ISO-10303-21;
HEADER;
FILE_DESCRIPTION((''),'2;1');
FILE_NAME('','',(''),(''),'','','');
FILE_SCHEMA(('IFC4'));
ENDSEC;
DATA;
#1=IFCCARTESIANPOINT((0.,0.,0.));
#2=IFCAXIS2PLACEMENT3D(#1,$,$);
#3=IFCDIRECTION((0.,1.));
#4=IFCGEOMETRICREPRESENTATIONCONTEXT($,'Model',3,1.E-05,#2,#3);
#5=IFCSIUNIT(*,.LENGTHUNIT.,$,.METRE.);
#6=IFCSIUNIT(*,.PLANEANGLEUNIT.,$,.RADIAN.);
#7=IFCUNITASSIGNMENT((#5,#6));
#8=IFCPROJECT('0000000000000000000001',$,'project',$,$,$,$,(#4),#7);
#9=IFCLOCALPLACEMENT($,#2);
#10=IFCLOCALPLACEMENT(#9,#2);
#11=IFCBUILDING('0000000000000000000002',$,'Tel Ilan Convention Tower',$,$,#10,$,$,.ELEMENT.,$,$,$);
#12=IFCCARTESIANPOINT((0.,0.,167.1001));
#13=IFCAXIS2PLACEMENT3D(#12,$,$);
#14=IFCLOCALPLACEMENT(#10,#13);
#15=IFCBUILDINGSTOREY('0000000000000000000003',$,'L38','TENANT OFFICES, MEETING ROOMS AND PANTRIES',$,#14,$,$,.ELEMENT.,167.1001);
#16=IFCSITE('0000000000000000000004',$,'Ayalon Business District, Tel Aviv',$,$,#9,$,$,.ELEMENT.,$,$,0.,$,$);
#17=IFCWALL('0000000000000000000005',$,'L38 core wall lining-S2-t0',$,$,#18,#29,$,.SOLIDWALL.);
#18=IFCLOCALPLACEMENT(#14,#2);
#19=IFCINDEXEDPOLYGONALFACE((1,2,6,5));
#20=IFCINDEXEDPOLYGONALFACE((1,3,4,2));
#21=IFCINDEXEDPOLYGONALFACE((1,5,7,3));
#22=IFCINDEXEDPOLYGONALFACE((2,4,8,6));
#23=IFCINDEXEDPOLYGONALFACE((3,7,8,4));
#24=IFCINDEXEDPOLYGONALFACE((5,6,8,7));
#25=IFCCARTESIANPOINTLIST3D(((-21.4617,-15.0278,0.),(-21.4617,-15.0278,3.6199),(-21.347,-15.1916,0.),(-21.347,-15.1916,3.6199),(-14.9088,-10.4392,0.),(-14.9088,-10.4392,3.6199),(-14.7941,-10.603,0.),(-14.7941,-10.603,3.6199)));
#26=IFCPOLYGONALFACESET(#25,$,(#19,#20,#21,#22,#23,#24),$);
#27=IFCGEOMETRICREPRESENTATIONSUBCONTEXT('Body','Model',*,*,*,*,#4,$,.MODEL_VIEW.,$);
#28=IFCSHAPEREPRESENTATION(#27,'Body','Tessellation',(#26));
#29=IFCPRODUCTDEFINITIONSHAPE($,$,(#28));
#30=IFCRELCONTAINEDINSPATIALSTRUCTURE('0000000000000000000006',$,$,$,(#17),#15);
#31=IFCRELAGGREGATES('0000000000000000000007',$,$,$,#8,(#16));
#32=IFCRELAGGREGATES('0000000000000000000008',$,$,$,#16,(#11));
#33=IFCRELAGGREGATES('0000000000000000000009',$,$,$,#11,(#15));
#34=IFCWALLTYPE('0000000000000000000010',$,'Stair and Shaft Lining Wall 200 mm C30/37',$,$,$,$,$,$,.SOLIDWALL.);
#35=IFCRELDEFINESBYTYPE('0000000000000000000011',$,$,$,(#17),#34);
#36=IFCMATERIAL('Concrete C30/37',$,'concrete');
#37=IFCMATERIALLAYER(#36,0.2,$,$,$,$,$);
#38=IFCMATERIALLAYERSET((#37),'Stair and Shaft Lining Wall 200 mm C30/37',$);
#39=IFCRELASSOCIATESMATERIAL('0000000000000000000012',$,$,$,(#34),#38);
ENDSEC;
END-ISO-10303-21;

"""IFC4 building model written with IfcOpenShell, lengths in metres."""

from ifc_helpers import new_model, si_unit, direction, frame, frame_2d, origin, place, context, subcontext, project, spatial, rectangle, extrude, material, layer, layer_set, type_object, element, save


model = new_model("IFC4")

# Units and contexts
model_context = context("Model", 3, precision=1e-05, world=origin(), true_north=direction((0.0, 1.0)))
body_context = subcontext(model_context, "Body", "Model", "MODEL_VIEW")
ifc_project = project(units=[si_unit("LENGTHUNIT", "METRE"), si_unit("PLANEANGLEUNIT", "RADIAN")], contexts=[model_context])

# Site, building, storey
site_placement = place(None, origin())
site = spatial("IfcSite", under=ifc_project, at=site_placement, Name="Ayalon Business District, Tel Aviv", CompositionType="ELEMENT", RefElevation=0.0)
building_placement = place(site_placement, origin())
building = spatial("IfcBuilding", under=site, at=building_placement, Name="Tel Ilan Convention Tower", CompositionType="ELEMENT")
storey_placement = place(building_placement, frame((0.0, 0.0, 167.1001)))
storey = spatial("IfcBuildingStorey", under=building, at=storey_placement, Name="L38", Description="TENANT OFFICES, MEETING ROOMS AND PANTRIES", CompositionType="ELEMENT", Elevation=167.1001)

# Wall
ifc_material_1 = material(Name="Concrete C30/37", Category="concrete")
ifc_layer_1 = layer(ifc_material_1, 0.2)
ifc_layer_set_1 = layer_set([ifc_layer_1], Name="Stair and Shaft Lining Wall 200 mm C30/37")
wall_type_1 = type_object("IfcWallType", Name="Stair and Shaft Lining Wall 200 mm C30/37", PredefinedType="SOLIDWALL", material=ifc_layer_set_1)
wall_1_placement = place(storey_placement, frame((-14.8513, -10.521, 0.0), z_axis=(0.0, 0.0, 1.0), x_axis=(-0.819142, -0.573591, 0.0)))
element("IfcWall", 1, at=wall_1_placement, inside=storey, type_object=wall_type_1, Name="L38 core wall lining-S2-t0", PredefinedType="SOLIDWALL", context=body_context, shape_type="SweptSolid", body=[
    extrude(rectangle(XDim=7.9998, YDim=0.2, at=frame_2d((4.0, 0.0))), origin(), (0.0, 0.0, 1.0), 3.6199),
])

save(model, "model.ifc")
